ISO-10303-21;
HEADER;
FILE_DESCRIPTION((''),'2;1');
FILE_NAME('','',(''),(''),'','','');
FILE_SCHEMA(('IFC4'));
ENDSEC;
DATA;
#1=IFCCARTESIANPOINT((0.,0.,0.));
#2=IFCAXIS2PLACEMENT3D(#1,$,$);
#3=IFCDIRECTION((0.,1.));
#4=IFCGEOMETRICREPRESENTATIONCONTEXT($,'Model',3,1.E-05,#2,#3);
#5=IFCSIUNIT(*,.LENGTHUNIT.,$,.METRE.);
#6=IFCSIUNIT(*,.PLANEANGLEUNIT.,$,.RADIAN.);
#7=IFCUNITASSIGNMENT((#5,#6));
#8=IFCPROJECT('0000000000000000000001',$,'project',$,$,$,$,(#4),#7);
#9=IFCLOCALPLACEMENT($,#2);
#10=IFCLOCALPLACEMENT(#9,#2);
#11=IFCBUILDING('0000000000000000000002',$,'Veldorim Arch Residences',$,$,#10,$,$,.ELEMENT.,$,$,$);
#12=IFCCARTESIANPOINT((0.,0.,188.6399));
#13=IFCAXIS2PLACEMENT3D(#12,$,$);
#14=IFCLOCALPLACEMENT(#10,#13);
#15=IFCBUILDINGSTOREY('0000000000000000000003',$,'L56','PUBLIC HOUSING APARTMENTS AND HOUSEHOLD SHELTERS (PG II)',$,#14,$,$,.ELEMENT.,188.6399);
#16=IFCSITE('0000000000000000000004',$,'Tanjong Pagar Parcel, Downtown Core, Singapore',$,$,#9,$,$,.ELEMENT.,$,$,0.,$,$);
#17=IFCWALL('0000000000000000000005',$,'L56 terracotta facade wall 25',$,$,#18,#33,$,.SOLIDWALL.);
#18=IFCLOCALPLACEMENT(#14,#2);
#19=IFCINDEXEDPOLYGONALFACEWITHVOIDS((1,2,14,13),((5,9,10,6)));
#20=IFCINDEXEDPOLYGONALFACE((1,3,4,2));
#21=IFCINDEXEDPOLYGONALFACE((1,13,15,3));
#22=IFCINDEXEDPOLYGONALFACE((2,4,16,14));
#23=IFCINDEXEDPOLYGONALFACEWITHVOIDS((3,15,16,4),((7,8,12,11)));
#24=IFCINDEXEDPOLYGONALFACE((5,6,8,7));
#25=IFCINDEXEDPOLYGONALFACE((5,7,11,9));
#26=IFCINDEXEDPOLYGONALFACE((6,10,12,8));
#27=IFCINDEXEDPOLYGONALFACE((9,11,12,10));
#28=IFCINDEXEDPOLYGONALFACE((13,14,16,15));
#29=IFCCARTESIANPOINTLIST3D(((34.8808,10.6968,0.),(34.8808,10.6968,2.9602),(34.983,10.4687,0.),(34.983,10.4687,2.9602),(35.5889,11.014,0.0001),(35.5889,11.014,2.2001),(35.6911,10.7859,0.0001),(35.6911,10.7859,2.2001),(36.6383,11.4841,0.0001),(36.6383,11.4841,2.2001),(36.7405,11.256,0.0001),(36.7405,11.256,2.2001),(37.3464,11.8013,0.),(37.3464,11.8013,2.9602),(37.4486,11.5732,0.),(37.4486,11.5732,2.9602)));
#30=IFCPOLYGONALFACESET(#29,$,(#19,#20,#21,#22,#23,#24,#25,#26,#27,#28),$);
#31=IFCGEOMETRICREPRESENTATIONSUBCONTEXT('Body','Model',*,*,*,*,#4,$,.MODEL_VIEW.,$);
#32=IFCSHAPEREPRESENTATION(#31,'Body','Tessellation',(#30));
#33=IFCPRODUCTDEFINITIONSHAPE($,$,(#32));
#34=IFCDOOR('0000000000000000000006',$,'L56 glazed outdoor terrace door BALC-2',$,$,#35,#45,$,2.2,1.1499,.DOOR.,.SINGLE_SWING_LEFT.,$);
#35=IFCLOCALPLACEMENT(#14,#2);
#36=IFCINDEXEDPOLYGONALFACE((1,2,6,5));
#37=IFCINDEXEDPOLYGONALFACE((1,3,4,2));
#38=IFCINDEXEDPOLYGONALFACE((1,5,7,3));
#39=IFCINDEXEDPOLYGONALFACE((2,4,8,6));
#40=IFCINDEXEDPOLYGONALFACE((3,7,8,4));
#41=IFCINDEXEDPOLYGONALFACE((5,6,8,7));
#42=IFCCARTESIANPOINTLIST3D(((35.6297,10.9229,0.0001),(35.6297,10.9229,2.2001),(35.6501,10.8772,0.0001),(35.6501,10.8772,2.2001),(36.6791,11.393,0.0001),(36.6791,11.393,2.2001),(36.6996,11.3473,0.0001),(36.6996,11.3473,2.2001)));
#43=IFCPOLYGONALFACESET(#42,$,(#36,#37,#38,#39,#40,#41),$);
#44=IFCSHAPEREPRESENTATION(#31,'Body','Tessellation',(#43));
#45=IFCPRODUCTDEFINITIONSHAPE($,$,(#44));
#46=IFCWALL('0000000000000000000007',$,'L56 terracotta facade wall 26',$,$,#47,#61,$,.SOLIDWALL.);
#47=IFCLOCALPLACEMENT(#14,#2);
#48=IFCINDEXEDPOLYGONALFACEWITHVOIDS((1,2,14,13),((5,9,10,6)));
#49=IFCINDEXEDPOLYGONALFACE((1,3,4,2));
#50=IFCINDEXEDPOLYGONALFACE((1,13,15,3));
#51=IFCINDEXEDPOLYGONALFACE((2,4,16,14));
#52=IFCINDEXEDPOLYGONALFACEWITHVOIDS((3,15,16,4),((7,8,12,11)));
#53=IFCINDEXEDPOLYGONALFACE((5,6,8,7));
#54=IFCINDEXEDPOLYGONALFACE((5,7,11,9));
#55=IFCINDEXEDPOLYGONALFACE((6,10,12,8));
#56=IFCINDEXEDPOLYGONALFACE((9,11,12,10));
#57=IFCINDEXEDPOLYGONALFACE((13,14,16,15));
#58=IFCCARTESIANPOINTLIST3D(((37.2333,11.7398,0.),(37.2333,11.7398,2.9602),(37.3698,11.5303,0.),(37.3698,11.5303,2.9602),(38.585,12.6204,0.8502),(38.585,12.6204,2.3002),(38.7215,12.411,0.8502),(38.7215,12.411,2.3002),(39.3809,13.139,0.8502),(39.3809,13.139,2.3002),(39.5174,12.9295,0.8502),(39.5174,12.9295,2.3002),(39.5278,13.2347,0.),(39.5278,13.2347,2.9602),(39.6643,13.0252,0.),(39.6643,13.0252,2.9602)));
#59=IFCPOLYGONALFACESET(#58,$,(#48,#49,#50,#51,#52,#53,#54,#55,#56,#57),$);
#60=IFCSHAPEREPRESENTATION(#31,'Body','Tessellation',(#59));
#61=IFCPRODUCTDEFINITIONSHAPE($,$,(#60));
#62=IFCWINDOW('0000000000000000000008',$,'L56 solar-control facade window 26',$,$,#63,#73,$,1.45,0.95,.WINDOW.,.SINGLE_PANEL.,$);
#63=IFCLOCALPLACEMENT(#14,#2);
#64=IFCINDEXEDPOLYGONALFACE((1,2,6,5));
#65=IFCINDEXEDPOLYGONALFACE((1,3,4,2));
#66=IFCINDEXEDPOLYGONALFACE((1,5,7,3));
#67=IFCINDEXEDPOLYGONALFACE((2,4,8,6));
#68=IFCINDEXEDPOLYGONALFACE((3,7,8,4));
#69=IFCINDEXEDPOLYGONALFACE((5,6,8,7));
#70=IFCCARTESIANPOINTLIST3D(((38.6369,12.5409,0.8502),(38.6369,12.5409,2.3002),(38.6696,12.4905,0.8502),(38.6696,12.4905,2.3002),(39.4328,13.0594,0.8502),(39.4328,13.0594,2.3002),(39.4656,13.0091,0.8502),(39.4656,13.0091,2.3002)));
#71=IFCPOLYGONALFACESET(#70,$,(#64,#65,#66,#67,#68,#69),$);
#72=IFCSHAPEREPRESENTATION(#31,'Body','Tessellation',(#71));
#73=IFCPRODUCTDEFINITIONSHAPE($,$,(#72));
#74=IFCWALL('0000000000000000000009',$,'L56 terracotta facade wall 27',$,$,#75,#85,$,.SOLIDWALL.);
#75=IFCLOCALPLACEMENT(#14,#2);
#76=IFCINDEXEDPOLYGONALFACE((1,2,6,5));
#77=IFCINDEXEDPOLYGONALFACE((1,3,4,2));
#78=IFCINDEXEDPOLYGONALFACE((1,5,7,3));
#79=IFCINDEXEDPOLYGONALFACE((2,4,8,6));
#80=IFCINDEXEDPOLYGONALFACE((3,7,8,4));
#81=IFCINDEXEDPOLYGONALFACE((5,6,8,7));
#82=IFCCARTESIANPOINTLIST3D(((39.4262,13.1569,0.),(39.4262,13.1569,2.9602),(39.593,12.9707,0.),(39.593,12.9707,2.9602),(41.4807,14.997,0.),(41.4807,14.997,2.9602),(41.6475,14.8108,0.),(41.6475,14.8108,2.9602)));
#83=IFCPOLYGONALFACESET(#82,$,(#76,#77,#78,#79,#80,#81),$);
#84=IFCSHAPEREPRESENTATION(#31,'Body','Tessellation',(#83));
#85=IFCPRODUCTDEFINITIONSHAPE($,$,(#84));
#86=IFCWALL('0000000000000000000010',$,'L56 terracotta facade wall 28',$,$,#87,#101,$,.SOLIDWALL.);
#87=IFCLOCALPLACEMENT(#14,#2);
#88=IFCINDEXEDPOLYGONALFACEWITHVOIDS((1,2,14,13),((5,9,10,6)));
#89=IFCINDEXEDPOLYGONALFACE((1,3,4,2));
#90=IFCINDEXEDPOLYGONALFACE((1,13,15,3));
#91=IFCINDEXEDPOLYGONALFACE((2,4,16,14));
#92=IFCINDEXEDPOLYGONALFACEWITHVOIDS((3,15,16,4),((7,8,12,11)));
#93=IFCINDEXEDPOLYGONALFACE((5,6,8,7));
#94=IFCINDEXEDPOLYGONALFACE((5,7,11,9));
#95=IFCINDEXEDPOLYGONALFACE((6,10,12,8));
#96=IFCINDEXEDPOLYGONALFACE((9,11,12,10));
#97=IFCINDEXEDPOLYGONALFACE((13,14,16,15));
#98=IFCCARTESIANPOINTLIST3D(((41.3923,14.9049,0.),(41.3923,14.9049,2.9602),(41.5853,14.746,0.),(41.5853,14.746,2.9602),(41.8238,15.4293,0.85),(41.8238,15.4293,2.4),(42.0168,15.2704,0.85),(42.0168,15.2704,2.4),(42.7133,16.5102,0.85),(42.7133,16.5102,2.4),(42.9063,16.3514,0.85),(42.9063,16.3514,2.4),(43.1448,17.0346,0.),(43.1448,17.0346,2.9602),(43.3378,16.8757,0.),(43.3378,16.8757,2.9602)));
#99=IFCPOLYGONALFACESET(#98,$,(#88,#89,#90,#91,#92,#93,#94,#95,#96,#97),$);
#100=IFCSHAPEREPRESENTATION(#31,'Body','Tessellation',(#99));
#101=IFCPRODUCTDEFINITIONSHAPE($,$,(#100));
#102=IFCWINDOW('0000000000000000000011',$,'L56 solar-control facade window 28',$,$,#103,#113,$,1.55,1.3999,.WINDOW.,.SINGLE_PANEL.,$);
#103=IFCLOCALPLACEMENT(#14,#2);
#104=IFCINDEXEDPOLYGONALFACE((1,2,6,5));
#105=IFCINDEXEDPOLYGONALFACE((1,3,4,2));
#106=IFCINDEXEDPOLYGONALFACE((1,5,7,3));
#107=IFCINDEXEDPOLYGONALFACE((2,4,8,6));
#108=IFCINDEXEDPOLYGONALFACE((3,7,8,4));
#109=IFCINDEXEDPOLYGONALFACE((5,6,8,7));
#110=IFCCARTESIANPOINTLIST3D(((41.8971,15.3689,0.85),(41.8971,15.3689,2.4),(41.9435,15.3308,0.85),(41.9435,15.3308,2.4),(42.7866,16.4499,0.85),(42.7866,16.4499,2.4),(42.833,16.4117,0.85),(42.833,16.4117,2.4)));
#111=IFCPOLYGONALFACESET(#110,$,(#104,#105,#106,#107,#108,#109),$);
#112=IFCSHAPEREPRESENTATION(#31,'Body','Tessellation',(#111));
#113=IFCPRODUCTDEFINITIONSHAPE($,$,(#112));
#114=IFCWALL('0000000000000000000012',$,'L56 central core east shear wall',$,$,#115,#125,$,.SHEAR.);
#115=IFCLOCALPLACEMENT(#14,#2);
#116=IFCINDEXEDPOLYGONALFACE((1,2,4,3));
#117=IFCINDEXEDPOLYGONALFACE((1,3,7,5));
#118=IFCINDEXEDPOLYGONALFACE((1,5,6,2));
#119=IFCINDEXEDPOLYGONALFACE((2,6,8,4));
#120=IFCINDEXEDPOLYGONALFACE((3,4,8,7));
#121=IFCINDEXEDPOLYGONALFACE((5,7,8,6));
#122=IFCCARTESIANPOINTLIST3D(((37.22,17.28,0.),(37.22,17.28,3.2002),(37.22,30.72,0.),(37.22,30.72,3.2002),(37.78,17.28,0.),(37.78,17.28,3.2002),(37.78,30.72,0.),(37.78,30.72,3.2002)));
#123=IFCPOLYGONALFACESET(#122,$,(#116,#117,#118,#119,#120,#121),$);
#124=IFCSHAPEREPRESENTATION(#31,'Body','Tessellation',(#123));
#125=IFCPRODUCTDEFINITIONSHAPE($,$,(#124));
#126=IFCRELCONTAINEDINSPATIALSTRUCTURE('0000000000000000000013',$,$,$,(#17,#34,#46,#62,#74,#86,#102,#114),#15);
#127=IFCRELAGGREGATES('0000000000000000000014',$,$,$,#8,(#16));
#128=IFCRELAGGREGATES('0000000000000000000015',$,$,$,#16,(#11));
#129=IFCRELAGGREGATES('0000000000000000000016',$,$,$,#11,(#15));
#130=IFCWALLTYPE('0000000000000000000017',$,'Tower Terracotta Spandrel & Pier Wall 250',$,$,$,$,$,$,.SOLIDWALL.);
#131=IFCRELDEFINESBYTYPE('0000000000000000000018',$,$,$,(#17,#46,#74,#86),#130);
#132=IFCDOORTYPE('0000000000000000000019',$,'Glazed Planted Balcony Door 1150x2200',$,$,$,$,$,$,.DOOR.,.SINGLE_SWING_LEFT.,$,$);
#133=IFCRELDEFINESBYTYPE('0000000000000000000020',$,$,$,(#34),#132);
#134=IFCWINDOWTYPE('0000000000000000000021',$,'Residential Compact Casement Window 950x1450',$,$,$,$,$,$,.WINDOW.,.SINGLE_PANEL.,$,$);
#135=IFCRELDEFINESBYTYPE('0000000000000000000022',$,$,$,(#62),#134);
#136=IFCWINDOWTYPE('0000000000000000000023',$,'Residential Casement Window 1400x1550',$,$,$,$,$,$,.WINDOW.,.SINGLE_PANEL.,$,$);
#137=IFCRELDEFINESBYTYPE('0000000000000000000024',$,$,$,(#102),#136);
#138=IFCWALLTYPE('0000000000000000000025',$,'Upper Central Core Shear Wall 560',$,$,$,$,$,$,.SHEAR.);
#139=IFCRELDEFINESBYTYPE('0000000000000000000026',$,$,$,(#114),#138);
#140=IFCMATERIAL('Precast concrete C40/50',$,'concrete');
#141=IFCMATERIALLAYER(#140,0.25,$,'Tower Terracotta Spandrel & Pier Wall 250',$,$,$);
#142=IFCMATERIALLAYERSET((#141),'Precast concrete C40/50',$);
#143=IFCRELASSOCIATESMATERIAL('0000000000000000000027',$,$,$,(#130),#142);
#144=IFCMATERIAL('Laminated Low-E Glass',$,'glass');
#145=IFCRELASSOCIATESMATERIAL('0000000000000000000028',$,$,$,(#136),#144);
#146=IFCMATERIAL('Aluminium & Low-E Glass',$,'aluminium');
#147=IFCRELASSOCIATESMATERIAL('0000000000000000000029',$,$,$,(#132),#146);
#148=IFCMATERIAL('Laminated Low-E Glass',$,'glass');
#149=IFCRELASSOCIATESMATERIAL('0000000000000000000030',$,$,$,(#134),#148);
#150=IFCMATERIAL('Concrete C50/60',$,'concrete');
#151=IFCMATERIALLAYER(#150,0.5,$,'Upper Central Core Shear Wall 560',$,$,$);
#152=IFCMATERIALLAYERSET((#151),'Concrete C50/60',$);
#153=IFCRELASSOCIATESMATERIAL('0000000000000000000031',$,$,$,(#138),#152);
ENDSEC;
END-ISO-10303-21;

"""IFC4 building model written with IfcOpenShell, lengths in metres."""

from ifc_helpers import new_model, si_unit, direction, frame, frame_2d, origin, place, context, subcontext, project, spatial, rectangle, extrude, material, layer, layer_set, type_object, element, fill, save


model = new_model("IFC4")

# Units and contexts
model_context = context("Model", 3, precision=1e-05, world=origin(), true_north=direction((0.0, 1.0)))
body_context = subcontext(model_context, "Body", "Model", "MODEL_VIEW")
ifc_project = project(units=[si_unit("LENGTHUNIT", "METRE"), si_unit("PLANEANGLEUNIT", "RADIAN")], contexts=[model_context])

# Site, building, storey
site_placement = place(None, origin())
site = spatial("IfcSite", under=ifc_project, at=site_placement, Name="Tanjong Pagar Parcel, Downtown Core, Singapore", CompositionType="ELEMENT", RefElevation=0.0)
building_placement = place(site_placement, origin())
building = spatial("IfcBuilding", under=site, at=building_placement, Name="Veldorim Arch Residences", CompositionType="ELEMENT")
storey_placement = place(building_placement, frame((0.0, 0.0, 188.6399)))
storey = spatial("IfcBuildingStorey", under=building, at=storey_placement, Name="L56", Description="PUBLIC HOUSING APARTMENTS AND HOUSEHOLD SHELTERS (PG II)", CompositionType="ELEMENT", Elevation=188.6399)

# Shared definitions
ifc_material_1 = material(Name="Precast concrete C40/50", Category="concrete")
ifc_layer_1 = layer(ifc_material_1, 0.25, Name="Tower Terracotta Spandrel & Pier Wall 250")
ifc_layer_set_1 = layer_set([ifc_layer_1], Name="Precast concrete C40/50")
wall_type_1 = type_object("IfcWallType", Name="Tower Terracotta Spandrel & Pier Wall 250", PredefinedType="SOLIDWALL", material=ifc_layer_set_1)
ifc_material_2 = material(Name="Laminated Low-E Glass", Category="glass")
window_type_1 = type_object("IfcWindowType", Name="Residential Casement Window 1400x1550", PartitioningType="SINGLE_PANEL", PredefinedType="WINDOW", material=ifc_material_2)

# Wall, opening, door
wall_1_placement = place(storey_placement, frame((37.3975, 11.6873, 0.0), z_axis=(0.0, 0.0, 1.0), x_axis=(-0.912615, -0.40882, 0.0)))
wall_1 = element("IfcWall", 1, at=wall_1_placement, inside=storey, type_object=wall_type_1, Name="L56 terracotta facade wall 25", PredefinedType="SOLIDWALL", context=body_context, shape_type="SweptSolid", body=[
    extrude(rectangle(XDim=2.7017, YDim=0.25, at=frame_2d((1.3508, 0.0))), origin(), (0.0, 0.0, 1.0), 2.9602),
])
opening_1_placement = place(wall_1_placement, frame((0.7759, 0.0, 0.0)))
opening_1 = element("IfcOpeningElement", 2, at=opening_1_placement, cuts=wall_1, PredefinedType="OPENING", context=body_context, shape_type="SweptSolid", body=[
    extrude(rectangle(XDim=1.1499, YDim=2.2, at=frame_2d((0.575, 1.1001))), frame((0.0, 0.135, 0.0), z_axis=(0.0, -1.0, 0.0), x_axis=(1.0, 0.0, 0.0)), (0.0, 0.0, 1.0), 0.27),
])
ifc_material_3 = material(Name="Aluminium & Low-E Glass", Category="aluminium")
door_type_1 = type_object("IfcDoorType", Name="Glazed Planted Balcony Door 1150x2200", OperationType="SINGLE_SWING_LEFT", PredefinedType="DOOR", material=ifc_material_3)
door_1_placement = place(opening_1_placement, origin())
door_1 = element("IfcDoor", 3, at=door_1_placement, inside=storey, type_object=door_type_1, Name="L56 glazed outdoor terrace door BALC-2", OperationType="SINGLE_SWING_LEFT", OverallHeight=2.2, OverallWidth=1.1499, PredefinedType="DOOR", context=body_context, shape_type="SweptSolid", body=[
    extrude(rectangle(XDim=1.1499, YDim=2.2, at=frame_2d((0.575, 1.1001))), frame((0.0, 0.0249, 0.0), z_axis=(0.0, -1.0, 0.0), x_axis=(1.0, 0.0, 0.0)), (0.0, 0.0, 1.0), 0.05),
])
fill(opening_1, door_1)

# Wall, opening, window
wall_2_placement = place(storey_placement, frame((39.5959, 13.1299, 0.0), z_axis=(0.0, 0.0, 1.0), x_axis=(-0.837861, -0.545884, 0.0)))
wall_2 = element("IfcWall", 4, at=wall_2_placement, inside=storey, type_object=wall_type_1, Name="L56 terracotta facade wall 26", PredefinedType="SOLIDWALL", context=body_context, shape_type="SweptSolid", body=[
    extrude(rectangle(XDim=2.7385, YDim=0.25, at=frame_2d((1.3691, 0.0))), origin(), (0.0, 0.0, 1.0), 2.9602),
])
opening_2_placement = place(wall_2_placement, frame((0.175, 0.0, 0.8501)))
opening_2 = element("IfcOpeningElement", 5, at=opening_2_placement, cuts=wall_2, PredefinedType="OPENING", context=body_context, shape_type="SweptSolid", body=[
    extrude(rectangle(XDim=0.95, YDim=1.45, at=frame_2d((0.4751, 0.7251))), frame((0.0, 0.135, 0.0), z_axis=(0.0, -1.0, 0.0), x_axis=(1.0, 0.0, 0.0)), (0.0, 0.0, 1.0), 0.27),
])
ifc_material_4 = material(Name="Laminated Low-E Glass", Category="glass")
window_type_2 = type_object("IfcWindowType", Name="Residential Compact Casement Window 950x1450", PartitioningType="SINGLE_PANEL", PredefinedType="WINDOW", material=ifc_material_4)
window_1_placement = place(opening_2_placement, origin())
window_1 = element("IfcWindow", 6, at=window_1_placement, inside=storey, type_object=window_type_2, Name="L56 solar-control facade window 26", OverallHeight=1.45, OverallWidth=0.95, PartitioningType="SINGLE_PANEL", PredefinedType="WINDOW", context=body_context, shape_type="SweptSolid", body=[
    extrude(rectangle(XDim=0.95, YDim=1.45, at=frame_2d((0.4751, 0.7251))), frame((0.0, 0.03, 0.0), z_axis=(0.0, -1.0, 0.0), x_axis=(1.0, 0.0, 0.0)), (0.0, 0.0, 1.0), 0.0601),
])
fill(opening_2, window_1)

# Wall
wall_3_placement = place(storey_placement, frame((41.564, 14.9038, 0.0), z_axis=(0.0, 0.0, 1.0), x_axis=(-0.744899, -0.667178, 0.0)))
element("IfcWall", 7, at=wall_3_placement, inside=storey, type_object=wall_type_1, Name="L56 terracotta facade wall 27", PredefinedType="SOLIDWALL", context=body_context, shape_type="SweptSolid", body=[
    extrude(rectangle(XDim=2.7581, YDim=0.25, at=frame_2d((1.3789, 0.0))), origin(), (0.0, 0.0, 1.0), 2.9602),
])

# Wall, opening, window
wall_4_placement = place(storey_placement, frame((43.2412, 16.9551, 0.0), z_axis=(0.0, 0.0, 1.0), x_axis=(-0.635409, -0.772175, 0.0)))
wall_4 = element("IfcWall", 8, at=wall_4_placement, inside=storey, type_object=wall_type_1, Name="L56 terracotta facade wall 28", PredefinedType="SOLIDWALL", context=body_context, shape_type="SweptSolid", body=[
    extrude(rectangle(XDim=2.7581, YDim=0.25, at=frame_2d((1.3789, 0.0))), origin(), (0.0, 0.0, 1.0), 2.9602),
])
opening_3_placement = place(wall_4_placement, frame((0.679, 0.0, 0.8501)))
opening_3 = element("IfcOpeningElement", 9, at=opening_3_placement, cuts=wall_4, PredefinedType="OPENING", context=body_context, shape_type="SweptSolid", body=[
    extrude(rectangle(XDim=1.3999, YDim=1.55, at=frame_2d((0.7, 0.7749))), frame((0.0, 0.135, 0.0), z_axis=(0.0, -1.0, 0.0), x_axis=(1.0, 0.0, 0.0)), (0.0, 0.0, 1.0), 0.27),
])
window_2_placement = place(opening_3_placement, origin())
window_2 = element("IfcWindow", 10, at=window_2_placement, inside=storey, type_object=window_type_1, Name="L56 solar-control facade window 28", OverallHeight=1.55, OverallWidth=1.3999, PartitioningType="SINGLE_PANEL", PredefinedType="WINDOW", context=body_context, shape_type="SweptSolid", body=[
    extrude(rectangle(XDim=1.3999, YDim=1.55, at=frame_2d((0.7, 0.7749))), frame((0.0, 0.03, 0.0), z_axis=(0.0, -1.0, 0.0), x_axis=(1.0, 0.0, 0.0)), (0.0, 0.0, 1.0), 0.0601),
])
fill(opening_3, window_2)

# Wall
ifc_material_5 = material(Name="Concrete C50/60", Category="concrete")
ifc_layer_2 = layer(ifc_material_5, 0.5, Name="Upper Central Core Shear Wall 560")
ifc_layer_set_2 = layer_set([ifc_layer_2], Name="Concrete C50/60")
wall_type_2 = type_object("IfcWallType", Name="Upper Central Core Shear Wall 560", PredefinedType="SHEAR", material=ifc_layer_set_2)
wall_5_placement = place(storey_placement, frame((37.5, 17.28, 0.0), z_axis=(0.0, 0.0, 1.0), x_axis=(0.0, 1.0, 0.0)))
element("IfcWall", 11, at=wall_5_placement, inside=storey, type_object=wall_type_2, Name="L56 central core east shear wall", PredefinedType="SHEAR", context=body_context, shape_type="SweptSolid", body=[
    extrude(rectangle(XDim=13.4399, YDim=0.5601, at=frame_2d((6.72, 0.0))), origin(), (0.0, 0.0, 1.0), 3.2002),
])

save(model, "model.ifc")
